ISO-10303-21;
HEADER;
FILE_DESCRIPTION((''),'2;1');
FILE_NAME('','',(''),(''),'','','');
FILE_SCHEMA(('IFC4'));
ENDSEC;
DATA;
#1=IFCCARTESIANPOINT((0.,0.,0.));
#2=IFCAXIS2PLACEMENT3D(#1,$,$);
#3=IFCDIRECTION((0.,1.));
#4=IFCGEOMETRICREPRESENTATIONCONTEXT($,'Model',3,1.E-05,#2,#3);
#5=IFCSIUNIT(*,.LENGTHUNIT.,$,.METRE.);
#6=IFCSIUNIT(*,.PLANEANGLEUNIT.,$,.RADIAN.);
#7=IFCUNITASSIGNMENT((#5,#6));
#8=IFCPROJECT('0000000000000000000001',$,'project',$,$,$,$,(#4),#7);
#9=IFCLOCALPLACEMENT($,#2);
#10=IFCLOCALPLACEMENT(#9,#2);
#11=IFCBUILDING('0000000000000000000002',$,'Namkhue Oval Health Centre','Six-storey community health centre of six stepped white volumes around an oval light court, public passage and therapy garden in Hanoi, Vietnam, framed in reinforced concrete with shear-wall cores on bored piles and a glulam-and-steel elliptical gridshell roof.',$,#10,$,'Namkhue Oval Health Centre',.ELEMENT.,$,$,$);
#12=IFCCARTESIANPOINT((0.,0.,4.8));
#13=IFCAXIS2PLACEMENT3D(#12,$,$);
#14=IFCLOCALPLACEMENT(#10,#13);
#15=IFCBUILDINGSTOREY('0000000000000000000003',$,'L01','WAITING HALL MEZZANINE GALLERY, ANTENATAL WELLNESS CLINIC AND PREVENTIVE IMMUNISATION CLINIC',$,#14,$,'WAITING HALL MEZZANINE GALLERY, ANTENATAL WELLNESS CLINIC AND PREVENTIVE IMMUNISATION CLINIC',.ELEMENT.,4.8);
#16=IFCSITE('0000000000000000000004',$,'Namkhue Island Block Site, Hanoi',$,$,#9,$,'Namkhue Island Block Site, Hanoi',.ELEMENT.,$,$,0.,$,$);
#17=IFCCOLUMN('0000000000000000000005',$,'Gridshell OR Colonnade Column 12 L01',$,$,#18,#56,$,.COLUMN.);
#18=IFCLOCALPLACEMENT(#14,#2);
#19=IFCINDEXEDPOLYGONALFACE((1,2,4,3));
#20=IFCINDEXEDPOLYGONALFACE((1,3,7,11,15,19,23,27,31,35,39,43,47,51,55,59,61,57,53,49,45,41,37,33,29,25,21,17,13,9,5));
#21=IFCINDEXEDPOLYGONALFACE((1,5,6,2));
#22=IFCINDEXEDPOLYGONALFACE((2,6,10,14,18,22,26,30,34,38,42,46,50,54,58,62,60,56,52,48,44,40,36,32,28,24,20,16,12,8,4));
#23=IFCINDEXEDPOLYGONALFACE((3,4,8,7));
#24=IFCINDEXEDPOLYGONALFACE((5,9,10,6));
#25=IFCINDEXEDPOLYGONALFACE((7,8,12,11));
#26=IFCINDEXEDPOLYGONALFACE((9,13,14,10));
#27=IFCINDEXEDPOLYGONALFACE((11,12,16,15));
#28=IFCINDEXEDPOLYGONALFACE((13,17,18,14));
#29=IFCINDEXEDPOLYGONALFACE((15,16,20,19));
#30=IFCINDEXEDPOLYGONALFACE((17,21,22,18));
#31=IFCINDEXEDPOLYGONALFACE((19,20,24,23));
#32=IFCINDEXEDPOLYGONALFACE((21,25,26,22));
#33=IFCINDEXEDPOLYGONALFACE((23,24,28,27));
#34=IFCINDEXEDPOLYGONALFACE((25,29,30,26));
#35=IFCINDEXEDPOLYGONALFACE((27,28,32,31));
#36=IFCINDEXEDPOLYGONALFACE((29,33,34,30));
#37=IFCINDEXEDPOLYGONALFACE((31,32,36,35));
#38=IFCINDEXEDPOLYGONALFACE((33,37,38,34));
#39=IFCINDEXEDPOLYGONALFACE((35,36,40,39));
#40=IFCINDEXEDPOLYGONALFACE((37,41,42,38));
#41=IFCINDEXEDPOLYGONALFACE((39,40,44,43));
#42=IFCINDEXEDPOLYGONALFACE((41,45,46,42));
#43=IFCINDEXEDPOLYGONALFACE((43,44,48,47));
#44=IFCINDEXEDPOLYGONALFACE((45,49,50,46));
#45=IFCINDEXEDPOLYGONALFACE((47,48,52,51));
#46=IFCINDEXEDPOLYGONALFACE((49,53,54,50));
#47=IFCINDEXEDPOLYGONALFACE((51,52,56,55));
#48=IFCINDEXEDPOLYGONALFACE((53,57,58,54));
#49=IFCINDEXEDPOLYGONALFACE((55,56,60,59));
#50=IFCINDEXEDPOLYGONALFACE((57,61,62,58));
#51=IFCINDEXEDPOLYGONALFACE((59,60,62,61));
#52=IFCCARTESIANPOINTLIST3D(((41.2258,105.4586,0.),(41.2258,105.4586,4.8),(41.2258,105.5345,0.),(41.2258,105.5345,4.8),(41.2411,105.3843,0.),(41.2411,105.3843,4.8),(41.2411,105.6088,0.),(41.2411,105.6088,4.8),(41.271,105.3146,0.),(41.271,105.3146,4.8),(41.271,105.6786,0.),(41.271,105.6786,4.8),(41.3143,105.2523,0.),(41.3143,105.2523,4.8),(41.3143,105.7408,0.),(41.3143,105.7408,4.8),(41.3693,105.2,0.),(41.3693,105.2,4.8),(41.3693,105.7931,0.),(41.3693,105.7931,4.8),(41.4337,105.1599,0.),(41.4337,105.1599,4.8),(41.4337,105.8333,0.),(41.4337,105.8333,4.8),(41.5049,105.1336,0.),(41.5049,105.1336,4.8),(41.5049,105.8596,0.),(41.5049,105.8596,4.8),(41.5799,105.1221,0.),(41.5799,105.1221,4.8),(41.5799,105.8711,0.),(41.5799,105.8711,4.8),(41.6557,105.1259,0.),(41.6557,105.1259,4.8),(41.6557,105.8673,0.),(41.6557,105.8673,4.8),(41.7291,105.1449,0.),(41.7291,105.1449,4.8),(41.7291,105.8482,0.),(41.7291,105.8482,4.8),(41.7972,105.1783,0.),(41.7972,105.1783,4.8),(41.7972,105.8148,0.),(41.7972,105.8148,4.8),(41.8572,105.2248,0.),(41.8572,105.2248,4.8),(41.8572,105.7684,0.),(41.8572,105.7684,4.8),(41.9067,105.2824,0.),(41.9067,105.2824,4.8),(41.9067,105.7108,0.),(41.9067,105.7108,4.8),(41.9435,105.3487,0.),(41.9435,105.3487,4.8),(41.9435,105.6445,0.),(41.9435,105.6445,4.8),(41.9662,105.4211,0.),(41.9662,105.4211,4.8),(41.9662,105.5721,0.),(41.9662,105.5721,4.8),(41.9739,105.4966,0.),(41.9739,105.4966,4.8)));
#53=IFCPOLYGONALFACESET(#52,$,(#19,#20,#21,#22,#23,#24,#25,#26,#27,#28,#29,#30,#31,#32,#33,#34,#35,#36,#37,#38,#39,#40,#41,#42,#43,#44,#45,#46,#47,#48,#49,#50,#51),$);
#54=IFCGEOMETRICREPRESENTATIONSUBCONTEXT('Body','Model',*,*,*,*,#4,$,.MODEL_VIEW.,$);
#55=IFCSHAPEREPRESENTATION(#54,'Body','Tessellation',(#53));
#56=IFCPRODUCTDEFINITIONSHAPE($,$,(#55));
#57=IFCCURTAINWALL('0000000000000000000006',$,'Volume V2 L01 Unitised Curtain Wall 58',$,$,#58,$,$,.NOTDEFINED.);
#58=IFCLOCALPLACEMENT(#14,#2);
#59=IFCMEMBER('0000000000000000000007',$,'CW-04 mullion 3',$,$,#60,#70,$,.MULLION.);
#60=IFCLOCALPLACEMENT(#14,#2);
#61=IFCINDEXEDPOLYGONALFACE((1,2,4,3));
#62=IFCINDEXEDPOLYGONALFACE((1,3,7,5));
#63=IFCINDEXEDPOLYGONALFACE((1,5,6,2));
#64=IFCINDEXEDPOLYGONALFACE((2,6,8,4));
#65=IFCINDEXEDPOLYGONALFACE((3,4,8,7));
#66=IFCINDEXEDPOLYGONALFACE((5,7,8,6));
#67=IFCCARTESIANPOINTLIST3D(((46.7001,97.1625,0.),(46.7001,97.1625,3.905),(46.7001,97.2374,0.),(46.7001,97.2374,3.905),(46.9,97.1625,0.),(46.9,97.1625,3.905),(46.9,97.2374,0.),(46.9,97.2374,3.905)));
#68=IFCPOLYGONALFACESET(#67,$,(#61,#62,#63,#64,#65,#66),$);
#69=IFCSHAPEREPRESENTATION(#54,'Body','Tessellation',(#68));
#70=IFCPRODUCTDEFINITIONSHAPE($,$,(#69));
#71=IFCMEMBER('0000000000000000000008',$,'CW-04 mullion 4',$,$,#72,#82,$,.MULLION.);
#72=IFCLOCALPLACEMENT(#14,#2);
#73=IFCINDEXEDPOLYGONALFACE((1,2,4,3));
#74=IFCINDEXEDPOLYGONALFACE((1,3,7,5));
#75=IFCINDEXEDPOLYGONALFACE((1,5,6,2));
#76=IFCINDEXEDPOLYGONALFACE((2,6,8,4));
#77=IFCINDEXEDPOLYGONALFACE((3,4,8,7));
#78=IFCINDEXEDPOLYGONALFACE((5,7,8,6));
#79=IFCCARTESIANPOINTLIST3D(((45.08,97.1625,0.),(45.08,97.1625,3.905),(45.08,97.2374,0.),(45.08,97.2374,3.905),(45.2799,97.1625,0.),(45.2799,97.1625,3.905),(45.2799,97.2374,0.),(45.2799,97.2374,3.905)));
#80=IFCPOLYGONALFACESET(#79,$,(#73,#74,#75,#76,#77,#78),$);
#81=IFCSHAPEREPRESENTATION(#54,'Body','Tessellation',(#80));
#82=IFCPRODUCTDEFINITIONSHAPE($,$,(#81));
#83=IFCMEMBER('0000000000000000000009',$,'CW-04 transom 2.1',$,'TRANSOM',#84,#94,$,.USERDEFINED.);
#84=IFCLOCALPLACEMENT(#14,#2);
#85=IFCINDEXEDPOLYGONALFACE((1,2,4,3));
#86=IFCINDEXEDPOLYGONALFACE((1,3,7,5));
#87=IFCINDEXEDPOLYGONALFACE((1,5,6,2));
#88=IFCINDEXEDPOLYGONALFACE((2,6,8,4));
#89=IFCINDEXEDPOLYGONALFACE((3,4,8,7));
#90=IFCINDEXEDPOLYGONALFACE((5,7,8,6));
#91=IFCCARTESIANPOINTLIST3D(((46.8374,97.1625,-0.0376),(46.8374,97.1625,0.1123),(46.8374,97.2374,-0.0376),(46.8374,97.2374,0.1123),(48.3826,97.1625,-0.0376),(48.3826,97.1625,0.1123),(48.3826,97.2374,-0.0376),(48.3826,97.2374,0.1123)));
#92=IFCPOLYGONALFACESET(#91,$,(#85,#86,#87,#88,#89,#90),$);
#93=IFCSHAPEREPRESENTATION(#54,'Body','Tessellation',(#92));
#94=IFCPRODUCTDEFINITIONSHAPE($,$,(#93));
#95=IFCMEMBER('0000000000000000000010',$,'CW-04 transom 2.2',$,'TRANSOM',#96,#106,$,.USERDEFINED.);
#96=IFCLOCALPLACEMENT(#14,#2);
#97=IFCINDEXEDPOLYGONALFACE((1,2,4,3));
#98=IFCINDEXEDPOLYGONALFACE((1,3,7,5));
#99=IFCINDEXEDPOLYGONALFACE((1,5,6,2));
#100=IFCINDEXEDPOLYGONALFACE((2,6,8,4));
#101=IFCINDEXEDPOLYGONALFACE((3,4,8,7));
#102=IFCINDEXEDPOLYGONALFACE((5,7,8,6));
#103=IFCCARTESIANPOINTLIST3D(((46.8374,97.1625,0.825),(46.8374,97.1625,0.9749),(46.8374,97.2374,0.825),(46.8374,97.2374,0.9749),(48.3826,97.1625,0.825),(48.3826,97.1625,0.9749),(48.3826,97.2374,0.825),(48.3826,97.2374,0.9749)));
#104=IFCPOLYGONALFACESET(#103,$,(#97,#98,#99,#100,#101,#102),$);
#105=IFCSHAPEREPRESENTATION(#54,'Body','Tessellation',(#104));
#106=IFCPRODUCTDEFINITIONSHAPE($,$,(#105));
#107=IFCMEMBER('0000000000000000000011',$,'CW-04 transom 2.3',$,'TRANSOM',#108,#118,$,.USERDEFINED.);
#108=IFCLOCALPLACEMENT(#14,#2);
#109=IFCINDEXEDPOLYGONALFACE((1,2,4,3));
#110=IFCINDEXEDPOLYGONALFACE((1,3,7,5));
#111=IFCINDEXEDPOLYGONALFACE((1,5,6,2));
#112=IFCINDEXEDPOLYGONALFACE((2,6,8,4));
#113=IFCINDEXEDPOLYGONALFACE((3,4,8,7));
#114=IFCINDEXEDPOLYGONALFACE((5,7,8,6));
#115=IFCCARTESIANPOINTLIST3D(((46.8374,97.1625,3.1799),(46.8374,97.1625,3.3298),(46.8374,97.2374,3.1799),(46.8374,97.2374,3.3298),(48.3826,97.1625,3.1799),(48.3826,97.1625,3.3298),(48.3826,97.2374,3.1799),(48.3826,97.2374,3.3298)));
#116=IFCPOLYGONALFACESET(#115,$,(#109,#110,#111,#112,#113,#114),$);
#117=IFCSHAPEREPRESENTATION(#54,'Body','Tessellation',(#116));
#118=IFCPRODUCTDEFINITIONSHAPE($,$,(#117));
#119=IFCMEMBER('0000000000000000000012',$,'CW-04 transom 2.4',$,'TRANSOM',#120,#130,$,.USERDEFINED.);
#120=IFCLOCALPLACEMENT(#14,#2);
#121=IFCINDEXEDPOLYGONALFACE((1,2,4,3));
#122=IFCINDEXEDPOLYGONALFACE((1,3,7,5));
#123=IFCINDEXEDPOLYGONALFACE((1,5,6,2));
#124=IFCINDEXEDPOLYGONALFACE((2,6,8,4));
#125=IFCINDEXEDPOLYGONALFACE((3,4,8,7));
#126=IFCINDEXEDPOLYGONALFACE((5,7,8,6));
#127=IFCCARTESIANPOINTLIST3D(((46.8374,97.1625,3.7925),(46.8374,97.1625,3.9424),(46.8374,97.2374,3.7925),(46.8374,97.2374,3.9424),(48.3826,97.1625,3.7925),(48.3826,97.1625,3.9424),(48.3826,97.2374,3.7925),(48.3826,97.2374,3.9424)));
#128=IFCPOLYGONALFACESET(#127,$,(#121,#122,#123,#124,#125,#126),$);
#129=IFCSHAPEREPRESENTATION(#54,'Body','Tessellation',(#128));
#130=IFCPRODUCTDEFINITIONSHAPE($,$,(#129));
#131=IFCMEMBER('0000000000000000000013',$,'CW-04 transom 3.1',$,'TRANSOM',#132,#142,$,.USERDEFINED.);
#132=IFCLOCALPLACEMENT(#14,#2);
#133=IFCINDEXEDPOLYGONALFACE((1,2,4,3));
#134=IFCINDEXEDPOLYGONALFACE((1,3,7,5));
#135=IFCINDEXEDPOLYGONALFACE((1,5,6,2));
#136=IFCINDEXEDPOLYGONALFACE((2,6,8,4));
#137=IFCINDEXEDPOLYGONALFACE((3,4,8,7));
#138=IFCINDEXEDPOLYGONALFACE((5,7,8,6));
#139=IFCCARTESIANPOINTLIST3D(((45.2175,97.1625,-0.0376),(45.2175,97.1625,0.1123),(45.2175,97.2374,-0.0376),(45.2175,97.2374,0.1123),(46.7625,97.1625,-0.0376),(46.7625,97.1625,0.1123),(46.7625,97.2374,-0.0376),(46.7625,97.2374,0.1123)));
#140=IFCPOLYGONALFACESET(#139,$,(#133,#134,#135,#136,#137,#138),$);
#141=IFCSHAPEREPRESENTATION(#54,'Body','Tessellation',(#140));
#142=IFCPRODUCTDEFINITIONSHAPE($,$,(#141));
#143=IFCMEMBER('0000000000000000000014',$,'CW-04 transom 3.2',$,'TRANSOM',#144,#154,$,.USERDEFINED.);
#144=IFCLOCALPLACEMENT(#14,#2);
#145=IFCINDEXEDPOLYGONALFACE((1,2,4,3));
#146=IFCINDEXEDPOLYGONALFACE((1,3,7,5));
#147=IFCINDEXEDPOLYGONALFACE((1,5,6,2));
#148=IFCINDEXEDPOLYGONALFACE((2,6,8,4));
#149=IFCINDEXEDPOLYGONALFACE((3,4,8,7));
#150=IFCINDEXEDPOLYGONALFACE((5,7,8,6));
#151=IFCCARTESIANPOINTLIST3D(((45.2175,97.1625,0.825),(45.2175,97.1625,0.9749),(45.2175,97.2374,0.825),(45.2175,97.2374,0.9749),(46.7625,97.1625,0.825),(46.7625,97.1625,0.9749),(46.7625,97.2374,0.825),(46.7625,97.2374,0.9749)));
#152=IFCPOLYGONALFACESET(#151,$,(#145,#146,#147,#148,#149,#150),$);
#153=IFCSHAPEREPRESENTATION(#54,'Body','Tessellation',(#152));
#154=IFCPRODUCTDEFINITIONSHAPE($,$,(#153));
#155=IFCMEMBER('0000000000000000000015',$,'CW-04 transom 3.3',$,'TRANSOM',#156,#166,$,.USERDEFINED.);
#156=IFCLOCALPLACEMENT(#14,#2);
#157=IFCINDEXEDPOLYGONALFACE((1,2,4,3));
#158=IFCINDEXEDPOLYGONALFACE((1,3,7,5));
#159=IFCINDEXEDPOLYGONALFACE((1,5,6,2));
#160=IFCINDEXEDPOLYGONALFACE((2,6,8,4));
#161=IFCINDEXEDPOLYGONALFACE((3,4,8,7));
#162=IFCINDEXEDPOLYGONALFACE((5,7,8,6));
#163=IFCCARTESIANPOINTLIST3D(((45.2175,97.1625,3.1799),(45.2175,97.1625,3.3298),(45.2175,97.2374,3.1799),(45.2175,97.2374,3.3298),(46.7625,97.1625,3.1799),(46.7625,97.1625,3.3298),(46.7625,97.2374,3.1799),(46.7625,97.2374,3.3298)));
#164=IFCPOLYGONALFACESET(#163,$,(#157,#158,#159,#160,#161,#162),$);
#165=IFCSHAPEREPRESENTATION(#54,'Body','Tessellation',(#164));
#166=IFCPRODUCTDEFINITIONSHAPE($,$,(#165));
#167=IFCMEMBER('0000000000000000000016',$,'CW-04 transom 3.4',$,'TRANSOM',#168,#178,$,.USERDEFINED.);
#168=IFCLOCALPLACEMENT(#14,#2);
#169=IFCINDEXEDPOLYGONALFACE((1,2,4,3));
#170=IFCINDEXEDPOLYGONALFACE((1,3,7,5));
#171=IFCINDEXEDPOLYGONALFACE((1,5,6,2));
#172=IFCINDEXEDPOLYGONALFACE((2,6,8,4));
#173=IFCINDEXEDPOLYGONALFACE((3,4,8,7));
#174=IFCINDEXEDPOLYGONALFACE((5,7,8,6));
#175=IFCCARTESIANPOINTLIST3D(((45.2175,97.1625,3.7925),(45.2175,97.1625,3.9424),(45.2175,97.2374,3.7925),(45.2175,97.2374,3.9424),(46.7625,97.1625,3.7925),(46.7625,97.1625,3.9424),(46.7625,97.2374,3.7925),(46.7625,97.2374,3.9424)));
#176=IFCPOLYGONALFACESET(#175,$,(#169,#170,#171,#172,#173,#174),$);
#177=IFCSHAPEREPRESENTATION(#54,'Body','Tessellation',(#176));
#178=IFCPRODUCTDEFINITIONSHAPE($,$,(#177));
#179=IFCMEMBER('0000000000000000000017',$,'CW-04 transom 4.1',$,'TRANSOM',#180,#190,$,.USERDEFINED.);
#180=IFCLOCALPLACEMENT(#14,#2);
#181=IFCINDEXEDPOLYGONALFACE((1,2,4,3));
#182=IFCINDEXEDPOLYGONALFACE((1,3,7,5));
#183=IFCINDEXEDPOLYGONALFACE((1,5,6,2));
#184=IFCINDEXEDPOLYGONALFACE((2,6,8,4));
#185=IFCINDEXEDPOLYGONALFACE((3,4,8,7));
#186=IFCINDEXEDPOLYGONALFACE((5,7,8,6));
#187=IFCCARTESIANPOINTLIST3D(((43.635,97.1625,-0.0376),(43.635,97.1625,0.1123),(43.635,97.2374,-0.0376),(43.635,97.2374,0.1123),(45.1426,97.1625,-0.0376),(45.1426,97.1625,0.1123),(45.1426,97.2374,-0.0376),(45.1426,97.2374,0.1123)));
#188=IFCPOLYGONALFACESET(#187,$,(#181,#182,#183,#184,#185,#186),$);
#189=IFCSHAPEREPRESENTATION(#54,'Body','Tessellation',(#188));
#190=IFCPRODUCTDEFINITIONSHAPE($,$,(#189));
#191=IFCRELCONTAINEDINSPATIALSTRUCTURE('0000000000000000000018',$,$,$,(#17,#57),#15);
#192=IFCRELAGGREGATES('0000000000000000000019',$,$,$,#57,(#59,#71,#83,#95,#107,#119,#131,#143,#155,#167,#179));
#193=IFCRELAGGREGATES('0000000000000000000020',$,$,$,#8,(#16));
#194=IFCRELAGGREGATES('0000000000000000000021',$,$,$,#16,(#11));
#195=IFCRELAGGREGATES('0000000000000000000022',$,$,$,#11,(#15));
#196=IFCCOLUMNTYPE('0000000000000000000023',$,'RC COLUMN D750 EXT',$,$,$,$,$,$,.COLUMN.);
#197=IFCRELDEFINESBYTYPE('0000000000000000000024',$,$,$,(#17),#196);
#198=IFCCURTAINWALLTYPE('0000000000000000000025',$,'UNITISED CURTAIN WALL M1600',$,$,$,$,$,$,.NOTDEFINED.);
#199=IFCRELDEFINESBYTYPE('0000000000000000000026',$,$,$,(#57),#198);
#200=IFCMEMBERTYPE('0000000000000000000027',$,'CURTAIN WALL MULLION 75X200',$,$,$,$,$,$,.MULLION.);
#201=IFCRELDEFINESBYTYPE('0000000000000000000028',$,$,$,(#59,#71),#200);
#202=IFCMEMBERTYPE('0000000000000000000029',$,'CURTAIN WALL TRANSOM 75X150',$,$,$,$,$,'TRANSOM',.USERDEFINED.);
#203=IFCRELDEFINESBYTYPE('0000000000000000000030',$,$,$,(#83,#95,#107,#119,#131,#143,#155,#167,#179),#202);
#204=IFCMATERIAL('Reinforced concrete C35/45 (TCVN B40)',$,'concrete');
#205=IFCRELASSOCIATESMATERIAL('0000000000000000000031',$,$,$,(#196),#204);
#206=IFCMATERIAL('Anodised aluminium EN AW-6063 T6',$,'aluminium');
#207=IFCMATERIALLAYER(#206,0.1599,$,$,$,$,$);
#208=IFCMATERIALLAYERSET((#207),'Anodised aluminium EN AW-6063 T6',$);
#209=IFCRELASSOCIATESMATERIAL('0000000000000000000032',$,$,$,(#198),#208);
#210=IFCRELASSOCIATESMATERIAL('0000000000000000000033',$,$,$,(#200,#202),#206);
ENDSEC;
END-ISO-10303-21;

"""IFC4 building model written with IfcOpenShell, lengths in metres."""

from ifc_helpers import new_model, si_unit, direction, frame, origin, origin_2d, place, context, subcontext, project, spatial, rectangle, circle, extrude, material, layer, layer_set, material_profile, profile_set, type_object, element, aggregate, save


model = new_model("IFC4")

# Units and contexts
model_context = context("Model", 3, precision=1e-05, world=origin(), true_north=direction((0.0, 1.0)))
body_context = subcontext(model_context, "Body", "Model", "MODEL_VIEW")
ifc_project = project(units=[si_unit("LENGTHUNIT", "METRE"), si_unit("PLANEANGLEUNIT", "RADIAN")], contexts=[model_context])

# Site, building, storey
site_placement = place(None, origin())
site = spatial("IfcSite", under=ifc_project, at=site_placement, Name="Namkhue Island Block Site, Hanoi", LongName="Namkhue Island Block Site, Hanoi", CompositionType="ELEMENT", RefElevation=0.0)
building_placement = place(site_placement, origin())
building = spatial("IfcBuilding", under=site, at=building_placement, Name="Namkhue Oval Health Centre", Description="Six-storey community health centre of six stepped white volumes around an oval light court, public passage and therapy garden in Hanoi, Vietnam, framed in reinforced concrete with shear-wall cores on bored piles and a glulam-and-steel elliptical gridshell roof.", LongName="Namkhue Oval Health Centre", CompositionType="ELEMENT")
storey_placement = place(building_placement, frame((0.0, 0.0, 4.8)))
storey = spatial("IfcBuildingStorey", under=building, at=storey_placement, Name="L01", Description="WAITING HALL MEZZANINE GALLERY, ANTENATAL WELLNESS CLINIC AND PREVENTIVE IMMUNISATION CLINIC", LongName="WAITING HALL MEZZANINE GALLERY, ANTENATAL WELLNESS CLINIC AND PREVENTIVE IMMUNISATION CLINIC", CompositionType="ELEMENT", Elevation=4.8)

# Column
ifc_material_1 = material(Name="Reinforced concrete C35/45 (TCVN B40)", Category="concrete")
ifc_material_profile_1 = material_profile(ifc_material_1, circle(Radius=0.375, at=origin_2d()), Name="RC D750")
ifc_profile_set_1 = profile_set([ifc_material_profile_1], Name="Reinforced concrete C35/45 (TCVN B40)")
column_type = type_object("IfcColumnType", Name="RC COLUMN D750 EXT", PredefinedType="COLUMN", material=ifc_profile_set_1)
column_placement = place(storey_placement, frame((41.5989, 105.4966, 0.0), z_axis=(0.0, 0.0, 1.0), x_axis=(1.0, 0.0, 0.0)))
element("IfcColumn", 1, at=column_placement, inside=storey, type_object=column_type, Name="Gridshell OR Colonnade Column 12 L01", PredefinedType="COLUMN", context=body_context, shape_type="SweptSolid", body=[
    extrude(circle(Radius=0.375, at=origin_2d()), origin(), (0.0, 0.0, 1.0), 4.8),
])

# Curtain wall, members
ifc_material_2 = material(Name="Anodised aluminium EN AW-6063 T6", Category="aluminium")
ifc_layer_1 = layer(ifc_material_2, 0.1599)
ifc_layer_set_1 = layer_set([ifc_layer_1], Name="Anodised aluminium EN AW-6063 T6")
curtain_wall_type = type_object("IfcCurtainWallType", Name="UNITISED CURTAIN WALL M1600", PredefinedType="NOTDEFINED", material=ifc_layer_set_1)
curtain_wall_placement = place(storey_placement, origin())
curtain_wall = element("IfcCurtainWall", 2, at=curtain_wall_placement, inside=storey, type_object=curtain_wall_type, Name="Volume V2 L01 Unitised Curtain Wall 58", PredefinedType="NOTDEFINED")
ifc_material_profile_2 = material_profile(ifc_material_2, rectangle(XDim=0.075, YDim=0.2, at=origin_2d()), Name="ALU 75x200")
ifc_profile_set_2 = profile_set([ifc_material_profile_2], Name="Anodised aluminium EN AW-6063 T6")
member_type_1 = type_object("IfcMemberType", Name="CURTAIN WALL MULLION 75X200", PredefinedType="MULLION", material=ifc_profile_set_2)
member_1_placement = place(storey_placement, frame((46.8, 97.2, 0.0), z_axis=(0.0, 0.0, 1.0), x_axis=(0.0, -1.0, 0.0)))
member_1 = element("IfcMember", 3, at=member_1_placement, type_object=member_type_1, Name="CW-04 mullion 3", PredefinedType="MULLION", context=body_context, shape_type="SweptSolid", body=[
    extrude(rectangle(XDim=0.075, YDim=0.2, at=origin_2d()), origin(), (0.0, 0.0, 1.0), 3.905),
])
member_2_placement = place(storey_placement, frame((45.1799, 97.2, 0.0), z_axis=(0.0, 0.0, 1.0), x_axis=(0.0, -1.0, 0.0)))
member_2 = element("IfcMember", 4, at=member_2_placement, type_object=member_type_1, Name="CW-04 mullion 4", PredefinedType="MULLION", context=body_context, shape_type="SweptSolid", body=[
    extrude(rectangle(XDim=0.075, YDim=0.2, at=origin_2d()), origin(), (0.0, 0.0, 1.0), 3.905),
])
ifc_material_profile_3 = material_profile(ifc_material_2, rectangle(XDim=0.075, YDim=0.1499, at=origin_2d()), Name="ALU 75x150")
ifc_profile_set_3 = profile_set([ifc_material_profile_3], Name="Anodised aluminium EN AW-6063 T6")
member_type_2 = type_object("IfcMemberType", Name="CURTAIN WALL TRANSOM 75X150", ElementType="TRANSOM", PredefinedType="USERDEFINED", material=ifc_profile_set_3)
member_3_placement = place(storey_placement, frame((48.3826, 97.2, 0.0374), z_axis=(-1.0, 0.0, 0.0), x_axis=(0.0, -1.0, 0.0)))
member_3 = element("IfcMember", 5, at=member_3_placement, type_object=member_type_2, Name="CW-04 transom 2.1", ObjectType="TRANSOM", PredefinedType="USERDEFINED", context=body_context, shape_type="SweptSolid", body=[
    extrude(rectangle(XDim=0.075, YDim=0.1499, at=origin_2d()), origin(), (0.0, 0.0, 1.0), 1.5452),
])
member_4_placement = place(storey_placement, frame((48.3826, 97.2, 0.8999), z_axis=(-1.0, 0.0, 0.0), x_axis=(0.0, -1.0, 0.0)))
member_4 = element("IfcMember", 6, at=member_4_placement, type_object=member_type_2, Name="CW-04 transom 2.2", ObjectType="TRANSOM", PredefinedType="USERDEFINED", context=body_context, shape_type="SweptSolid", body=[
    extrude(rectangle(XDim=0.075, YDim=0.1499, at=origin_2d()), origin(), (0.0, 0.0, 1.0), 1.5452),
])
member_5_placement = place(storey_placement, frame((48.3826, 97.2, 3.2549), z_axis=(-1.0, 0.0, 0.0), x_axis=(0.0, -1.0, 0.0)))
member_5 = element("IfcMember", 7, at=member_5_placement, type_object=member_type_2, Name="CW-04 transom 2.3", ObjectType="TRANSOM", PredefinedType="USERDEFINED", context=body_context, shape_type="SweptSolid", body=[
    extrude(rectangle(XDim=0.075, YDim=0.1499, at=origin_2d()), origin(), (0.0, 0.0, 1.0), 1.5452),
])
member_6_placement = place(storey_placement, frame((48.3826, 97.2, 3.8674), z_axis=(-1.0, 0.0, 0.0), x_axis=(0.0, -1.0, 0.0)))
member_6 = element("IfcMember", 8, at=member_6_placement, type_object=member_type_2, Name="CW-04 transom 2.4", ObjectType="TRANSOM", PredefinedType="USERDEFINED", context=body_context, shape_type="SweptSolid", body=[
    extrude(rectangle(XDim=0.075, YDim=0.1499, at=origin_2d()), origin(), (0.0, 0.0, 1.0), 1.5452),
])
member_7_placement = place(storey_placement, frame((46.7625, 97.2, 0.0374), z_axis=(-1.0, 0.0, 0.0), x_axis=(0.0, -1.0, 0.0)))
member_7 = element("IfcMember", 9, at=member_7_placement, type_object=member_type_2, Name="CW-04 transom 3.1", ObjectType="TRANSOM", PredefinedType="USERDEFINED", context=body_context, shape_type="SweptSolid", body=[
    extrude(rectangle(XDim=0.075, YDim=0.1499, at=origin_2d()), origin(), (0.0, 0.0, 1.0), 1.5449),
])
member_8_placement = place(storey_placement, frame((46.7625, 97.2, 0.8999), z_axis=(-1.0, 0.0, 0.0), x_axis=(0.0, -1.0, 0.0)))
member_8 = element("IfcMember", 10, at=member_8_placement, type_object=member_type_2, Name="CW-04 transom 3.2", ObjectType="TRANSOM", PredefinedType="USERDEFINED", context=body_context, shape_type="SweptSolid", body=[
    extrude(rectangle(XDim=0.075, YDim=0.1499, at=origin_2d()), origin(), (0.0, 0.0, 1.0), 1.5449),
])
member_9_placement = place(storey_placement, frame((46.7625, 97.2, 3.2549), z_axis=(-1.0, 0.0, 0.0), x_axis=(0.0, -1.0, 0.0)))
member_9 = element("IfcMember", 11, at=member_9_placement, type_object=member_type_2, Name="CW-04 transom 3.3", ObjectType="TRANSOM", PredefinedType="USERDEFINED", context=body_context, shape_type="SweptSolid", body=[
    extrude(rectangle(XDim=0.075, YDim=0.1499, at=origin_2d()), origin(), (0.0, 0.0, 1.0), 1.5449),
])
member_10_placement = place(storey_placement, frame((46.7625, 97.2, 3.8674), z_axis=(-1.0, 0.0, 0.0), x_axis=(0.0, -1.0, 0.0)))
member_10 = element("IfcMember", 12, at=member_10_placement, type_object=member_type_2, Name="CW-04 transom 3.4", ObjectType="TRANSOM", PredefinedType="USERDEFINED", context=body_context, shape_type="SweptSolid", body=[
    extrude(rectangle(XDim=0.075, YDim=0.1499, at=origin_2d()), origin(), (0.0, 0.0, 1.0), 1.5449),
])
member_11_placement = place(storey_placement, frame((45.1426, 97.2, 0.0374), z_axis=(-1.0, 0.0, 0.0), x_axis=(0.0, -1.0, 0.0)))
member_11 = element("IfcMember", 13, at=member_11_placement, type_object=member_type_2, Name="CW-04 transom 4.1", ObjectType="TRANSOM", PredefinedType="USERDEFINED", context=body_context, shape_type="SweptSolid", body=[
    extrude(rectangle(XDim=0.075, YDim=0.1499, at=origin_2d()), origin(), (0.0, 0.0, 1.0), 1.5076),
])
aggregate(curtain_wall, [member_1, member_2, member_3, member_4, member_5, member_6, member_7, member_8, member_9, member_10, member_11])

save(model, "model.ifc")
